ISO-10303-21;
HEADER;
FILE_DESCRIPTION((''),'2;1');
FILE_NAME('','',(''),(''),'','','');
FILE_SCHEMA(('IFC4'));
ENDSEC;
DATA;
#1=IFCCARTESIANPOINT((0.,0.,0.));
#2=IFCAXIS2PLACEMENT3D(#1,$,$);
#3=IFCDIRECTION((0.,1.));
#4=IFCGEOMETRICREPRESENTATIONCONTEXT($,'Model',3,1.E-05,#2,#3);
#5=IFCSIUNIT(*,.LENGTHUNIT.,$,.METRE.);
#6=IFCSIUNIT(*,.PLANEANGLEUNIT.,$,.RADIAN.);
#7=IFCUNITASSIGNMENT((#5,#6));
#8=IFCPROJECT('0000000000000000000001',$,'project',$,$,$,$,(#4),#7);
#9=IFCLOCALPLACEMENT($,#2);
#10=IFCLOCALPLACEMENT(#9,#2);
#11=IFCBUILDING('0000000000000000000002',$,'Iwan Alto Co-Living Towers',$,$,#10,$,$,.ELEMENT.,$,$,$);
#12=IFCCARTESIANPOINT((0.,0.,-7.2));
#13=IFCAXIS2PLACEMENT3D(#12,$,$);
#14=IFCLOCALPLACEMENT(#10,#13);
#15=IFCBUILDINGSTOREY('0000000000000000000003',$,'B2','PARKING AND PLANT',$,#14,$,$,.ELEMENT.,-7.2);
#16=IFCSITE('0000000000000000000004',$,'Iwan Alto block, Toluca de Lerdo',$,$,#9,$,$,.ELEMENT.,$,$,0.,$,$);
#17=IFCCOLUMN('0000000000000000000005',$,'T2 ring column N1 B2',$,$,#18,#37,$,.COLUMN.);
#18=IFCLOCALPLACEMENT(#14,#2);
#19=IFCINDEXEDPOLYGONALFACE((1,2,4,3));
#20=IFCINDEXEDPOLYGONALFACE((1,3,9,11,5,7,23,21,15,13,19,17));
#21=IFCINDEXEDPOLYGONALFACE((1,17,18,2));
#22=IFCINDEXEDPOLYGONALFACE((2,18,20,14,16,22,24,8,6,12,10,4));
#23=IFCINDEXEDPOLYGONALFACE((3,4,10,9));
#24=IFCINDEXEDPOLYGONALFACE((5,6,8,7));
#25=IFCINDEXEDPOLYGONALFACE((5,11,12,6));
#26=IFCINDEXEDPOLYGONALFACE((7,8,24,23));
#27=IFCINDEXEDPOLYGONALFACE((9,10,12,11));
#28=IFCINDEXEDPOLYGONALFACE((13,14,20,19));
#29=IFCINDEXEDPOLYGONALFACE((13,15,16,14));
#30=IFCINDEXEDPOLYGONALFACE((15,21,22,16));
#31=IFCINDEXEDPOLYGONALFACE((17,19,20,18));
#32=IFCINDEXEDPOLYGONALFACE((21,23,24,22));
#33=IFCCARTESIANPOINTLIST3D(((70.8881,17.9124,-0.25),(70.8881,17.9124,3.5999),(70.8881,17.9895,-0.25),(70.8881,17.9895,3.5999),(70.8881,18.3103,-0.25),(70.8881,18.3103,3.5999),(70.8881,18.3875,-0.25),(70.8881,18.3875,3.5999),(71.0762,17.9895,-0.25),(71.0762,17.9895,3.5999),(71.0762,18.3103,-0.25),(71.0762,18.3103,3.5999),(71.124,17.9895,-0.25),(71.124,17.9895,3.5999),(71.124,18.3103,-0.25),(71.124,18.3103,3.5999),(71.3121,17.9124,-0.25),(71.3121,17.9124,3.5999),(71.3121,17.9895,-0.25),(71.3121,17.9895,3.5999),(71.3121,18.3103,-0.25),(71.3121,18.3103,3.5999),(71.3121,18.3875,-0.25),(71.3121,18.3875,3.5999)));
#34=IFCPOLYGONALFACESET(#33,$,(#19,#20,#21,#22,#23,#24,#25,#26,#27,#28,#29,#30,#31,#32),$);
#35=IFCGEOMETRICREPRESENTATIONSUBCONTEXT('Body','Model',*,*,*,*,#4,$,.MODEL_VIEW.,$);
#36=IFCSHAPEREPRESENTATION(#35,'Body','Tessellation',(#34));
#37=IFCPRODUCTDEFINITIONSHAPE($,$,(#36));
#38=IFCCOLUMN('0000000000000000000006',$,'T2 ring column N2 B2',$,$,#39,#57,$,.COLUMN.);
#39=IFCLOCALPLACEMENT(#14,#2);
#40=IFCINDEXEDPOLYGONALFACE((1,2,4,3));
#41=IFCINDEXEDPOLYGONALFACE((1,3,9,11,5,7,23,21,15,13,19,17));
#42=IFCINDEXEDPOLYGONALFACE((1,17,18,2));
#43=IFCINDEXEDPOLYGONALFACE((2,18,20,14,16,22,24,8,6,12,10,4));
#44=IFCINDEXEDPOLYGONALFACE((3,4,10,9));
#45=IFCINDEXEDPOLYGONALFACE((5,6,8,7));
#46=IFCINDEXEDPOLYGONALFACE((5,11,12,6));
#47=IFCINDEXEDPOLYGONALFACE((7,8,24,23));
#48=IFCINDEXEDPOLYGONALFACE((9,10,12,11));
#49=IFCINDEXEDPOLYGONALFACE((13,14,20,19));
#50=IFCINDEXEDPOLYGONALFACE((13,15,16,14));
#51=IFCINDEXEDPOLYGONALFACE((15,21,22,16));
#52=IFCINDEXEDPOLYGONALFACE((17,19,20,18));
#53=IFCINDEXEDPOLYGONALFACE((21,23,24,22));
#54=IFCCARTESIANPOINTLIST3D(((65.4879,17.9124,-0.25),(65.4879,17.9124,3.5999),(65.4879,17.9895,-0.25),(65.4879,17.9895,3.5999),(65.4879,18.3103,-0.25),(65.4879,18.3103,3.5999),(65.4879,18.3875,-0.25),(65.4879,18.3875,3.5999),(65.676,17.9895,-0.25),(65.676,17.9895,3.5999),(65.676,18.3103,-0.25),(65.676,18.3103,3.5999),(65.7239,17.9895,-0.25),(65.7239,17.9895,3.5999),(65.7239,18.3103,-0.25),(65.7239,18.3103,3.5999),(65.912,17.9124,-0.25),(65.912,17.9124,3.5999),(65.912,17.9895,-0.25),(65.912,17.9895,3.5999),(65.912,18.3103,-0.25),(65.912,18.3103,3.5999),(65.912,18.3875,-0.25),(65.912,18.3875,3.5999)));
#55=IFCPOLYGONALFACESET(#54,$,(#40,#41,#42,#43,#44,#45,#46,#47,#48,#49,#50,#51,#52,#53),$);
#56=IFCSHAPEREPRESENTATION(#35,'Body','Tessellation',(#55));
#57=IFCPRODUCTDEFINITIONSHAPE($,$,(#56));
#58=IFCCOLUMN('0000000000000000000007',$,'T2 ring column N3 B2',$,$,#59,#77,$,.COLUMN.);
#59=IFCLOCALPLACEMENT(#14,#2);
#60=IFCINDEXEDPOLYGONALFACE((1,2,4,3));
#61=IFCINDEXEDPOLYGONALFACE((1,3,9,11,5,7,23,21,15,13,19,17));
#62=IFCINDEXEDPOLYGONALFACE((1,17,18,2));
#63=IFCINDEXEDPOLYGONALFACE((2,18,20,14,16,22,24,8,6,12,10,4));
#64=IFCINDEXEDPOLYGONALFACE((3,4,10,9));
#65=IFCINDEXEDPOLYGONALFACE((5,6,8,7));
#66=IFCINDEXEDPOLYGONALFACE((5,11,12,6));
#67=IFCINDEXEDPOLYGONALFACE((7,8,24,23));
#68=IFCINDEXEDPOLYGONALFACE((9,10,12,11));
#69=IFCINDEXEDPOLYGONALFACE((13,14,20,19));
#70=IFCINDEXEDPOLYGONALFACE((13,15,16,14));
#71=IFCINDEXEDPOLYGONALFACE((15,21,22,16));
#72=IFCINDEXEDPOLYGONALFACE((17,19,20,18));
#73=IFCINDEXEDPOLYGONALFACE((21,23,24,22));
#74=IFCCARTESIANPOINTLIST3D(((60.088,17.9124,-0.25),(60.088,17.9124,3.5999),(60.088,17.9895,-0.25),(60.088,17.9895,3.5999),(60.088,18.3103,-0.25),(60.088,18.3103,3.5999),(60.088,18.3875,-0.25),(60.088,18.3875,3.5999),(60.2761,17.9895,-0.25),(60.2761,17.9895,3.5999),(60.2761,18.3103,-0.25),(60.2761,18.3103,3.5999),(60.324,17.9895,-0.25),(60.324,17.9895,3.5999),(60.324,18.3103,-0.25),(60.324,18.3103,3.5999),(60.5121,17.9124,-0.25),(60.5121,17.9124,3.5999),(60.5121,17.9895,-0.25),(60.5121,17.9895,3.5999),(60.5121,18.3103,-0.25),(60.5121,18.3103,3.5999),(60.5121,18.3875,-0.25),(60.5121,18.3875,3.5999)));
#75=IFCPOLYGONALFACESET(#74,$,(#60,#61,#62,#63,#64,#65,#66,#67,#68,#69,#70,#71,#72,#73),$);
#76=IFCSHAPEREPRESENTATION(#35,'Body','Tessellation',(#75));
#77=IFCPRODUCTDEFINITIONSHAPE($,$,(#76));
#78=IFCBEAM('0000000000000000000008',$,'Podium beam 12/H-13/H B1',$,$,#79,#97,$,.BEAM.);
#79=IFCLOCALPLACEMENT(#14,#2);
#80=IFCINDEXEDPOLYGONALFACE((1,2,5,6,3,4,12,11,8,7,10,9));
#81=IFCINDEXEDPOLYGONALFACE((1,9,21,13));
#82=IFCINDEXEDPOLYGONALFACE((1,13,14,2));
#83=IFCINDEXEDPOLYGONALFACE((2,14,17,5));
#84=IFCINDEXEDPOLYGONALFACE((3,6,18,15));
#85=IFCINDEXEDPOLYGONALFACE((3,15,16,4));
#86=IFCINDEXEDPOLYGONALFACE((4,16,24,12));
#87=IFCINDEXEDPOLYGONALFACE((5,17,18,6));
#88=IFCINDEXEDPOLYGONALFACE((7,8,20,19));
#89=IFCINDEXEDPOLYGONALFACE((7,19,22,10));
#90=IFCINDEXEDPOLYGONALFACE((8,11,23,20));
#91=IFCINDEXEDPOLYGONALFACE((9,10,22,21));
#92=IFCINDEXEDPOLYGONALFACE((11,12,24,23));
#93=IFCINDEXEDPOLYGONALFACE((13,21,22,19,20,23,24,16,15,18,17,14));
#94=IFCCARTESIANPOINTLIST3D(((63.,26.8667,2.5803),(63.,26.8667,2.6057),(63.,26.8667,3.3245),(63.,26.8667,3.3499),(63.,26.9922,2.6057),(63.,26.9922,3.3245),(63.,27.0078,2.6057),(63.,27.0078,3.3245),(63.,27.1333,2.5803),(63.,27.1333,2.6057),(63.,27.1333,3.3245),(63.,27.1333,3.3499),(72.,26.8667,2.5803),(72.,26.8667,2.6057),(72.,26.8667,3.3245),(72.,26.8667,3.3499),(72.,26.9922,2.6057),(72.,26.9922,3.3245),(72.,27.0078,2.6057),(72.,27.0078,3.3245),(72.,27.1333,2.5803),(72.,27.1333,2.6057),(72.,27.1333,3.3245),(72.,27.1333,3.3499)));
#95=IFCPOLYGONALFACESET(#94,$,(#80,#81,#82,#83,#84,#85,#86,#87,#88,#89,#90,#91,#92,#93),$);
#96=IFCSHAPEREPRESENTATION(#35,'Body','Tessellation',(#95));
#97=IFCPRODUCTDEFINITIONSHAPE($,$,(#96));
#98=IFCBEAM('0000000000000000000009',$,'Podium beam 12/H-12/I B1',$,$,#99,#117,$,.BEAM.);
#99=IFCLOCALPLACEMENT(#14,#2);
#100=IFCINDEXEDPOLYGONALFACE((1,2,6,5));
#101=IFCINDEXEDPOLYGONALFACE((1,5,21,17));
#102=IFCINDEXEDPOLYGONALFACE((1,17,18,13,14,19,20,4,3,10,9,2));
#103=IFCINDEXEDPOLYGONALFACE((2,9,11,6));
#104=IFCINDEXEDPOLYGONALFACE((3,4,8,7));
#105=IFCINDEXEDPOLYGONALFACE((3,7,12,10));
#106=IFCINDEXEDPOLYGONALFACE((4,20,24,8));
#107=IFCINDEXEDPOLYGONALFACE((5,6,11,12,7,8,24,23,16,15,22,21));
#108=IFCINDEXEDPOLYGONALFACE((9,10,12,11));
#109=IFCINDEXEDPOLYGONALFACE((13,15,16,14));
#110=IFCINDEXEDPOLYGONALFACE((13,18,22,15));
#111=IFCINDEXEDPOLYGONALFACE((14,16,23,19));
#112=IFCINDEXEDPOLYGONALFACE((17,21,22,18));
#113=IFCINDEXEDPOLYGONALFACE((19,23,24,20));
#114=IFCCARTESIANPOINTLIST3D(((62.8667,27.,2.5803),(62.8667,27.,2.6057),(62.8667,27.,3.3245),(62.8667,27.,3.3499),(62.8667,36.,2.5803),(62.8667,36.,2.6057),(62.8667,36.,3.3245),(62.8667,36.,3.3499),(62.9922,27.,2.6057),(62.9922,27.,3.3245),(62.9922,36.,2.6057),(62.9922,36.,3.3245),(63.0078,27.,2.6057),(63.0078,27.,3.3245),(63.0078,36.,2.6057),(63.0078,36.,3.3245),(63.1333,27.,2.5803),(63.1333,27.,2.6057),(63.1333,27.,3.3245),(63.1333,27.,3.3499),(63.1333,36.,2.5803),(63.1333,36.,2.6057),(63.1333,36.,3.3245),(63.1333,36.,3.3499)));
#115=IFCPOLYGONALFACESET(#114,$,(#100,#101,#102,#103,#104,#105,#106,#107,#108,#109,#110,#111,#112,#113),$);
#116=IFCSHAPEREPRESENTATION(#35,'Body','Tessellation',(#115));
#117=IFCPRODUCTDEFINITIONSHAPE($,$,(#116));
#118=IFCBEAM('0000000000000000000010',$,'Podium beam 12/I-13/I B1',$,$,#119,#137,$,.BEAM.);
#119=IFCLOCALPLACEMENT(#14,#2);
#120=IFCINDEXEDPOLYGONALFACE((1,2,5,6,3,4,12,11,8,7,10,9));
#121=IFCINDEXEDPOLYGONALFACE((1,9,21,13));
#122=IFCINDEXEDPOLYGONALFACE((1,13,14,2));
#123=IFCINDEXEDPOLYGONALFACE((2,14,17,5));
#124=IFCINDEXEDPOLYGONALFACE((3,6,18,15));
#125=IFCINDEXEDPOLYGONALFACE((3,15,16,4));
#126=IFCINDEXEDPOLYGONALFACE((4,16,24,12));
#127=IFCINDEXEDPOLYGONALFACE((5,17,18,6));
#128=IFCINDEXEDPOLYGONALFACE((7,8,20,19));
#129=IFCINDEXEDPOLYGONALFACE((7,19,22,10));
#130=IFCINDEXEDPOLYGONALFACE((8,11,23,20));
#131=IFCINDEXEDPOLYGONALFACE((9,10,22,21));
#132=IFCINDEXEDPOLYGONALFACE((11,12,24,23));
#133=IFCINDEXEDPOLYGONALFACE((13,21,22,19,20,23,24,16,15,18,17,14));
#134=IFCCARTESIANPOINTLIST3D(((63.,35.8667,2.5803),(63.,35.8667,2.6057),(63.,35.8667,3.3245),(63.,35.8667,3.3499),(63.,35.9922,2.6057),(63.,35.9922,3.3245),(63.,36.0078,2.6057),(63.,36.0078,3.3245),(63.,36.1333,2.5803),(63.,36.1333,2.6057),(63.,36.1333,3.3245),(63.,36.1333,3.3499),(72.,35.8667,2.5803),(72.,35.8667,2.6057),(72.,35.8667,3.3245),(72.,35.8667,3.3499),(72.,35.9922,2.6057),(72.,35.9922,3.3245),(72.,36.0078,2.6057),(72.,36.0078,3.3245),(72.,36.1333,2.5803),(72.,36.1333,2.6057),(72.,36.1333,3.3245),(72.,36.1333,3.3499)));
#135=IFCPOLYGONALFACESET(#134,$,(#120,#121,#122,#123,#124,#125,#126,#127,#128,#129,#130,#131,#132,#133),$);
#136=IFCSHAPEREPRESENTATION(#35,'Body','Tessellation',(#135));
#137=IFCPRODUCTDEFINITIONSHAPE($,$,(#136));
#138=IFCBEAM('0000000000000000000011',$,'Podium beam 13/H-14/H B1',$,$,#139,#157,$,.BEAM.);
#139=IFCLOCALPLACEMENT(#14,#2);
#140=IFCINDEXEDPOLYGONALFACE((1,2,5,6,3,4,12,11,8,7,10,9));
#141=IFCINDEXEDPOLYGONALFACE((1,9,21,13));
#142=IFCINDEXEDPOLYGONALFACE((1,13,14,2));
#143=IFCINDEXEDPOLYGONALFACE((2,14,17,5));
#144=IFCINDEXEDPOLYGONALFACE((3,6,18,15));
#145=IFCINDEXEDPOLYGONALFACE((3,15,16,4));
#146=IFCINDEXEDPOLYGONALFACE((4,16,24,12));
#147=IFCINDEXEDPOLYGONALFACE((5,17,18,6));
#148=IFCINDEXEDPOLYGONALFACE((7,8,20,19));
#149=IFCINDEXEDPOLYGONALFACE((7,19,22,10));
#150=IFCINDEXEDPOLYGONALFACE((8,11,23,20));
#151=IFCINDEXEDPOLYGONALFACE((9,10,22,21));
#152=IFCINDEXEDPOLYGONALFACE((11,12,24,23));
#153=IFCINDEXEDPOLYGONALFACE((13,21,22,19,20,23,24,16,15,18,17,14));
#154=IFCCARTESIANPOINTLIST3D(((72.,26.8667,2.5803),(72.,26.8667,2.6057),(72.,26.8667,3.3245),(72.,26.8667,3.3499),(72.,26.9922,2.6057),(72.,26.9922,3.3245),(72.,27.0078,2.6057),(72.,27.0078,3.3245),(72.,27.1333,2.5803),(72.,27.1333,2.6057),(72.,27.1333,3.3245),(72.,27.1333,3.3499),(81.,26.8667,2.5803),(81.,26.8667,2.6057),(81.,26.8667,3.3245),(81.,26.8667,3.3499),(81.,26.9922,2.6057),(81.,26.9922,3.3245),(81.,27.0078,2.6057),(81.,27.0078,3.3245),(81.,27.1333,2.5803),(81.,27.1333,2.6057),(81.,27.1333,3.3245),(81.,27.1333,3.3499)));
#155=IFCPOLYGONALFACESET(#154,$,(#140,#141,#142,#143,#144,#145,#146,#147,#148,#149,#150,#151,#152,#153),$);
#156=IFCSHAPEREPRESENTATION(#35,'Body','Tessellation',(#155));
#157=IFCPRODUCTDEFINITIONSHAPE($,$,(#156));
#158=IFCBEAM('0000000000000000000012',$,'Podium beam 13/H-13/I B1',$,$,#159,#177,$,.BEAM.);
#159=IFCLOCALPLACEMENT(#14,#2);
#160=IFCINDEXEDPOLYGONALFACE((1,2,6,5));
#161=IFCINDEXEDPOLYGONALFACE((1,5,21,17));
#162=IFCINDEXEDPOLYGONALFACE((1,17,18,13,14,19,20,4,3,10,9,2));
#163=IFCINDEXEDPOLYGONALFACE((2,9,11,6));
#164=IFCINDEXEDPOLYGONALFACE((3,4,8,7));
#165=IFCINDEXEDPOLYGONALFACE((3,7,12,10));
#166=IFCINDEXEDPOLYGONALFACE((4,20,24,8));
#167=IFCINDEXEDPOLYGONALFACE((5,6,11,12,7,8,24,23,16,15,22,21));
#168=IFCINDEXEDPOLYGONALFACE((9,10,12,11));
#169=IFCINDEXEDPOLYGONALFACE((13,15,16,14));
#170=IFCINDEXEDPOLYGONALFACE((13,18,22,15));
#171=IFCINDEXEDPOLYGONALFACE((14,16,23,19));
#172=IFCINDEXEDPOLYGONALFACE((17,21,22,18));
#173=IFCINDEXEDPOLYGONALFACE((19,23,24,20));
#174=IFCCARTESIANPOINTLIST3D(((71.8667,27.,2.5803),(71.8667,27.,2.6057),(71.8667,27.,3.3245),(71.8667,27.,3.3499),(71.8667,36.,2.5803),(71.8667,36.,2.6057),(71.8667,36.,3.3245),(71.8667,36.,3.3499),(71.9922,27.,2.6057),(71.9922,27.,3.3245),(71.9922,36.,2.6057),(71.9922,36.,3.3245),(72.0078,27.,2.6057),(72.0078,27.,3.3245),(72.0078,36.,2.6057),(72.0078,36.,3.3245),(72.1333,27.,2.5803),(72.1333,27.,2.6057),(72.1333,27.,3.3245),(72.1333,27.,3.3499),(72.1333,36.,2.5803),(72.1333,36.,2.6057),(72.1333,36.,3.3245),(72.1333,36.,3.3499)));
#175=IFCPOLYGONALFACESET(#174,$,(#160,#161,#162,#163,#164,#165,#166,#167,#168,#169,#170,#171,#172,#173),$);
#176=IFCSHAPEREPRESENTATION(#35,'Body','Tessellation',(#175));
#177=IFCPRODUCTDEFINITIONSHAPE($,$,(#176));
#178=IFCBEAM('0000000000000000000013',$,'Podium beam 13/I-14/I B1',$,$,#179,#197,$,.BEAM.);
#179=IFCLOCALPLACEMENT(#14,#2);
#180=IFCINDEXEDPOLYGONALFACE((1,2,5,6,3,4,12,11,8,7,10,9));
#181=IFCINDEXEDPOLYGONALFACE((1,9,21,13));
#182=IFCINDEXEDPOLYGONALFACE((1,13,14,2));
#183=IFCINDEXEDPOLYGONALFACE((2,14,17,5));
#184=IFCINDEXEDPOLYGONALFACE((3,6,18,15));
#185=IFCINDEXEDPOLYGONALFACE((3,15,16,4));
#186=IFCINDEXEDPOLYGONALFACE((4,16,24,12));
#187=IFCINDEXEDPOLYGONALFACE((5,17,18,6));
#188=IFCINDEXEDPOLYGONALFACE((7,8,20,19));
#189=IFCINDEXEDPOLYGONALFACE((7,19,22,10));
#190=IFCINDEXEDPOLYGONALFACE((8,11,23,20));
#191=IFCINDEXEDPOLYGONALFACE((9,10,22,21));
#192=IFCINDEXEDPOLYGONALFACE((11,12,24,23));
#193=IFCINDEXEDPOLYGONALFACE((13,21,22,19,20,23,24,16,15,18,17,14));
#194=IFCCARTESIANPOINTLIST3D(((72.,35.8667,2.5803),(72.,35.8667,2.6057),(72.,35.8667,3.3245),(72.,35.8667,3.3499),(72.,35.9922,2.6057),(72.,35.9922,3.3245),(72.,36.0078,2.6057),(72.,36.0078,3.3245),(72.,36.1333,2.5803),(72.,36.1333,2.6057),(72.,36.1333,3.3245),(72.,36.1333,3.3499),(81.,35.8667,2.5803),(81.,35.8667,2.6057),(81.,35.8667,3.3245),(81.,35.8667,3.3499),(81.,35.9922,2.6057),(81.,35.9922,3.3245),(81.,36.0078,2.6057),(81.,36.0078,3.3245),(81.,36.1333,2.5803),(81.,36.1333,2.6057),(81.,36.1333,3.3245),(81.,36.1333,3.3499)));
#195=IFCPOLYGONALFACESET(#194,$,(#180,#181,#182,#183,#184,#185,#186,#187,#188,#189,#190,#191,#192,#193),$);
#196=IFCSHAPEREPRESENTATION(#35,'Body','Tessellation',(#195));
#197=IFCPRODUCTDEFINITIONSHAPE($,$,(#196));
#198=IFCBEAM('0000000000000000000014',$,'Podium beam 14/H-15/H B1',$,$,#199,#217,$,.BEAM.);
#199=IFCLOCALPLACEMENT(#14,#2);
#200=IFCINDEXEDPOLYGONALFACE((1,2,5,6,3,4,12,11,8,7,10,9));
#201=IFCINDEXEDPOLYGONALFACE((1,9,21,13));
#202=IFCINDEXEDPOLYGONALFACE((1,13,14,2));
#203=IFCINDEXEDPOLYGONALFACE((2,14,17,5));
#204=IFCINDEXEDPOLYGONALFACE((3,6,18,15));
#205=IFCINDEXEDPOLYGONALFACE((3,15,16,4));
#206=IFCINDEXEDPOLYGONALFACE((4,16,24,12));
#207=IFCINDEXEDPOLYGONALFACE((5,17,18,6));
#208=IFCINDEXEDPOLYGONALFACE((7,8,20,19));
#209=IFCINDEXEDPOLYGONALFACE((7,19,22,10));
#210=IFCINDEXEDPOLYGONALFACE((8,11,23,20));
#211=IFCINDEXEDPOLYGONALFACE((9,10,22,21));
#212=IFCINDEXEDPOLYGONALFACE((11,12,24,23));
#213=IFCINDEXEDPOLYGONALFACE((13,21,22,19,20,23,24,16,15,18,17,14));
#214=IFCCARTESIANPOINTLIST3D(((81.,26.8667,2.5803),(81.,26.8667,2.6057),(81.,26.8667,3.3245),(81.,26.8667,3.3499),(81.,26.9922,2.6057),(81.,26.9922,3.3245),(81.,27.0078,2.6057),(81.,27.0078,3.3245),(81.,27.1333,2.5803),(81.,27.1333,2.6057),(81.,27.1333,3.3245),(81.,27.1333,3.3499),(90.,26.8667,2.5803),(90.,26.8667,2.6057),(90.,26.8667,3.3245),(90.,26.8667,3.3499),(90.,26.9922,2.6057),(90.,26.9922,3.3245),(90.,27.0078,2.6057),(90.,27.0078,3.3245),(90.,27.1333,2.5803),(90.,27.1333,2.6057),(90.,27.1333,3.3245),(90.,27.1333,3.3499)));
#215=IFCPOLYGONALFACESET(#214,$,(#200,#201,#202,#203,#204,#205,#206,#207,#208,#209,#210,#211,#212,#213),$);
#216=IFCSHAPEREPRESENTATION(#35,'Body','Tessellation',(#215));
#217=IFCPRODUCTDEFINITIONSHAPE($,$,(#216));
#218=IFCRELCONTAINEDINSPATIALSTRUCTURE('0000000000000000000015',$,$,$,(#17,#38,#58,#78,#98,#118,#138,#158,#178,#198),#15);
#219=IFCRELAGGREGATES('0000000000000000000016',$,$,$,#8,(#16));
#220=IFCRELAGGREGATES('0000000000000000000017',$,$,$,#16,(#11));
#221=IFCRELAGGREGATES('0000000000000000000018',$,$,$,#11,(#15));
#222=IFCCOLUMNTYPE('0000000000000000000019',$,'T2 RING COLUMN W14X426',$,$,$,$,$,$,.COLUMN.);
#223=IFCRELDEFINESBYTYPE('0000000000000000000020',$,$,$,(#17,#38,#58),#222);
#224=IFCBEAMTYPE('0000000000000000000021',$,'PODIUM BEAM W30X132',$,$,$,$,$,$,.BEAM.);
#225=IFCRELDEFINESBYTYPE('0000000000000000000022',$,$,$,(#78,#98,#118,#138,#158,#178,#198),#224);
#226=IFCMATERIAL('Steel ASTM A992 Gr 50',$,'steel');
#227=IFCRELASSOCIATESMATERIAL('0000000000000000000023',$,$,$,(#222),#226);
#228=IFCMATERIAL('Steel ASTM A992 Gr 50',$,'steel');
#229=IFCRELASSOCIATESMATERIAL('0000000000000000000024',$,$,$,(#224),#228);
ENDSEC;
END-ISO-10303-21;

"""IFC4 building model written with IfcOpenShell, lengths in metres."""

from ifc_helpers import new_model, si_unit, direction, frame, origin, origin_2d, place, context, subcontext, project, spatial, i_section, extrude, material, material_profile, profile_set, type_object, element, save


model = new_model("IFC4")

# Units and contexts
model_context = context("Model", 3, precision=1e-05, world=origin(), true_north=direction((0.0, 1.0)))
body_context = subcontext(model_context, "Body", "Model", "MODEL_VIEW")
ifc_project = project(units=[si_unit("LENGTHUNIT", "METRE"), si_unit("PLANEANGLEUNIT", "RADIAN")], contexts=[model_context])

# Site, building, storey
site_placement = place(None, origin())
site = spatial("IfcSite", under=ifc_project, at=site_placement, Name="Iwan Alto block, Toluca de Lerdo", CompositionType="ELEMENT", RefElevation=0.0)
building_placement = place(site_placement, origin())
building = spatial("IfcBuilding", under=site, at=building_placement, Name="Iwan Alto Co-Living Towers", CompositionType="ELEMENT")
storey_placement = place(building_placement, frame((0.0, 0.0, -7.2)))
storey = spatial("IfcBuildingStorey", under=building, at=storey_placement, Name="B2", Description="PARKING AND PLANT", CompositionType="ELEMENT", Elevation=-7.2)

# Columns
ifc_material_1 = material(Name="Steel ASTM A992 Gr 50", Category="steel")
ifc_material_profile_1 = material_profile(ifc_material_1, i_section(OverallWidth=0.4241, OverallDepth=0.4751, WebThickness=0.0479, FlangeThickness=0.0771, at=origin_2d()), Name="W14X426")
ifc_profile_set_1 = profile_set([ifc_material_profile_1], Name="Steel ASTM A992 Gr 50")
column_type_1 = type_object("IfcColumnType", Name="T2 RING COLUMN W14X426", PredefinedType="COLUMN", material=ifc_profile_set_1)
for number, where, z_axis, x_axis, name in (
    (1, (71.1001, 18.1499, -0.25), (0.0, 0.0, 1.0), (1.0, 0.0, 0.0), "T2 ring column N1 B2"),
    (2, (65.7, 18.1499, -0.25), (0.0, 0.0, 1.0), (1.0, 0.0, 0.0), "T2 ring column N2 B2"),
    (3, (60.3, 18.1499, -0.25), (0.0, 0.0, 1.0), (1.0, 0.0, 0.0), "T2 ring column N3 B2"),
):
    element("IfcColumn", number, at=place(storey_placement, frame(where, z_axis=z_axis, x_axis=x_axis)), inside=storey, type_object=column_type_1, Name=name, PredefinedType="COLUMN", context=body_context, shape_type="SweptSolid", body=[
        extrude(i_section(OverallWidth=0.4241, OverallDepth=0.4751, WebThickness=0.0479, FlangeThickness=0.0771, at=origin_2d()), origin(), (0.0, 0.0, 1.0), 3.8499),
    ])

# Beams
ifc_material_2 = material(Name="Steel ASTM A992 Gr 50", Category="steel")
ifc_material_profile_2 = material_profile(ifc_material_2, i_section(OverallWidth=0.2666, OverallDepth=0.7695, WebThickness=0.0156, FlangeThickness=0.0254, at=origin_2d()), Name="W30X132")
ifc_profile_set_2 = profile_set([ifc_material_profile_2], Name="Steel ASTM A992 Gr 50")
beam_type_1 = type_object("IfcBeamType", Name="PODIUM BEAM W30X132", PredefinedType="BEAM", material=ifc_profile_set_2)
for number, where, z_axis, x_axis, name in (
    (4, (63.0, 27.0, 2.9651), (1.0, 0.0, 0.0), (0.0, 1.0, 0.0), "Podium beam 12/H-13/H B1"),
    (5, (63.0, 27.0, 2.9651), (0.0, 1.0, 0.0), (-1.0, 0.0, 0.0), "Podium beam 12/H-12/I B1"),
    (6, (63.0, 36.0, 2.9651), (1.0, 0.0, 0.0), (0.0, 1.0, 0.0), "Podium beam 12/I-13/I B1"),
    (7, (72.0, 27.0, 2.9651), (1.0, 0.0, 0.0), (0.0, 1.0, 0.0), "Podium beam 13/H-14/H B1"),
    (8, (72.0, 27.0, 2.9651), (0.0, 1.0, 0.0), (-1.0, 0.0, 0.0), "Podium beam 13/H-13/I B1"),
    (9, (72.0, 36.0, 2.9651), (1.0, 0.0, 0.0), (0.0, 1.0, 0.0), "Podium beam 13/I-14/I B1"),
    (10, (81.0, 27.0, 2.9651), (1.0, 0.0, 0.0), (0.0, 1.0, 0.0), "Podium beam 14/H-15/H B1"),
):
    element("IfcBeam", number, at=place(storey_placement, frame(where, z_axis=z_axis, x_axis=x_axis)), inside=storey, type_object=beam_type_1, Name=name, PredefinedType="BEAM", context=body_context, shape_type="SweptSolid", body=[
        extrude(i_section(OverallWidth=0.2666, OverallDepth=0.7695, WebThickness=0.0156, FlangeThickness=0.0254, at=origin_2d()), origin(), (0.0, 0.0, 1.0), 9.0),
    ])

save(model, "model.ifc")
